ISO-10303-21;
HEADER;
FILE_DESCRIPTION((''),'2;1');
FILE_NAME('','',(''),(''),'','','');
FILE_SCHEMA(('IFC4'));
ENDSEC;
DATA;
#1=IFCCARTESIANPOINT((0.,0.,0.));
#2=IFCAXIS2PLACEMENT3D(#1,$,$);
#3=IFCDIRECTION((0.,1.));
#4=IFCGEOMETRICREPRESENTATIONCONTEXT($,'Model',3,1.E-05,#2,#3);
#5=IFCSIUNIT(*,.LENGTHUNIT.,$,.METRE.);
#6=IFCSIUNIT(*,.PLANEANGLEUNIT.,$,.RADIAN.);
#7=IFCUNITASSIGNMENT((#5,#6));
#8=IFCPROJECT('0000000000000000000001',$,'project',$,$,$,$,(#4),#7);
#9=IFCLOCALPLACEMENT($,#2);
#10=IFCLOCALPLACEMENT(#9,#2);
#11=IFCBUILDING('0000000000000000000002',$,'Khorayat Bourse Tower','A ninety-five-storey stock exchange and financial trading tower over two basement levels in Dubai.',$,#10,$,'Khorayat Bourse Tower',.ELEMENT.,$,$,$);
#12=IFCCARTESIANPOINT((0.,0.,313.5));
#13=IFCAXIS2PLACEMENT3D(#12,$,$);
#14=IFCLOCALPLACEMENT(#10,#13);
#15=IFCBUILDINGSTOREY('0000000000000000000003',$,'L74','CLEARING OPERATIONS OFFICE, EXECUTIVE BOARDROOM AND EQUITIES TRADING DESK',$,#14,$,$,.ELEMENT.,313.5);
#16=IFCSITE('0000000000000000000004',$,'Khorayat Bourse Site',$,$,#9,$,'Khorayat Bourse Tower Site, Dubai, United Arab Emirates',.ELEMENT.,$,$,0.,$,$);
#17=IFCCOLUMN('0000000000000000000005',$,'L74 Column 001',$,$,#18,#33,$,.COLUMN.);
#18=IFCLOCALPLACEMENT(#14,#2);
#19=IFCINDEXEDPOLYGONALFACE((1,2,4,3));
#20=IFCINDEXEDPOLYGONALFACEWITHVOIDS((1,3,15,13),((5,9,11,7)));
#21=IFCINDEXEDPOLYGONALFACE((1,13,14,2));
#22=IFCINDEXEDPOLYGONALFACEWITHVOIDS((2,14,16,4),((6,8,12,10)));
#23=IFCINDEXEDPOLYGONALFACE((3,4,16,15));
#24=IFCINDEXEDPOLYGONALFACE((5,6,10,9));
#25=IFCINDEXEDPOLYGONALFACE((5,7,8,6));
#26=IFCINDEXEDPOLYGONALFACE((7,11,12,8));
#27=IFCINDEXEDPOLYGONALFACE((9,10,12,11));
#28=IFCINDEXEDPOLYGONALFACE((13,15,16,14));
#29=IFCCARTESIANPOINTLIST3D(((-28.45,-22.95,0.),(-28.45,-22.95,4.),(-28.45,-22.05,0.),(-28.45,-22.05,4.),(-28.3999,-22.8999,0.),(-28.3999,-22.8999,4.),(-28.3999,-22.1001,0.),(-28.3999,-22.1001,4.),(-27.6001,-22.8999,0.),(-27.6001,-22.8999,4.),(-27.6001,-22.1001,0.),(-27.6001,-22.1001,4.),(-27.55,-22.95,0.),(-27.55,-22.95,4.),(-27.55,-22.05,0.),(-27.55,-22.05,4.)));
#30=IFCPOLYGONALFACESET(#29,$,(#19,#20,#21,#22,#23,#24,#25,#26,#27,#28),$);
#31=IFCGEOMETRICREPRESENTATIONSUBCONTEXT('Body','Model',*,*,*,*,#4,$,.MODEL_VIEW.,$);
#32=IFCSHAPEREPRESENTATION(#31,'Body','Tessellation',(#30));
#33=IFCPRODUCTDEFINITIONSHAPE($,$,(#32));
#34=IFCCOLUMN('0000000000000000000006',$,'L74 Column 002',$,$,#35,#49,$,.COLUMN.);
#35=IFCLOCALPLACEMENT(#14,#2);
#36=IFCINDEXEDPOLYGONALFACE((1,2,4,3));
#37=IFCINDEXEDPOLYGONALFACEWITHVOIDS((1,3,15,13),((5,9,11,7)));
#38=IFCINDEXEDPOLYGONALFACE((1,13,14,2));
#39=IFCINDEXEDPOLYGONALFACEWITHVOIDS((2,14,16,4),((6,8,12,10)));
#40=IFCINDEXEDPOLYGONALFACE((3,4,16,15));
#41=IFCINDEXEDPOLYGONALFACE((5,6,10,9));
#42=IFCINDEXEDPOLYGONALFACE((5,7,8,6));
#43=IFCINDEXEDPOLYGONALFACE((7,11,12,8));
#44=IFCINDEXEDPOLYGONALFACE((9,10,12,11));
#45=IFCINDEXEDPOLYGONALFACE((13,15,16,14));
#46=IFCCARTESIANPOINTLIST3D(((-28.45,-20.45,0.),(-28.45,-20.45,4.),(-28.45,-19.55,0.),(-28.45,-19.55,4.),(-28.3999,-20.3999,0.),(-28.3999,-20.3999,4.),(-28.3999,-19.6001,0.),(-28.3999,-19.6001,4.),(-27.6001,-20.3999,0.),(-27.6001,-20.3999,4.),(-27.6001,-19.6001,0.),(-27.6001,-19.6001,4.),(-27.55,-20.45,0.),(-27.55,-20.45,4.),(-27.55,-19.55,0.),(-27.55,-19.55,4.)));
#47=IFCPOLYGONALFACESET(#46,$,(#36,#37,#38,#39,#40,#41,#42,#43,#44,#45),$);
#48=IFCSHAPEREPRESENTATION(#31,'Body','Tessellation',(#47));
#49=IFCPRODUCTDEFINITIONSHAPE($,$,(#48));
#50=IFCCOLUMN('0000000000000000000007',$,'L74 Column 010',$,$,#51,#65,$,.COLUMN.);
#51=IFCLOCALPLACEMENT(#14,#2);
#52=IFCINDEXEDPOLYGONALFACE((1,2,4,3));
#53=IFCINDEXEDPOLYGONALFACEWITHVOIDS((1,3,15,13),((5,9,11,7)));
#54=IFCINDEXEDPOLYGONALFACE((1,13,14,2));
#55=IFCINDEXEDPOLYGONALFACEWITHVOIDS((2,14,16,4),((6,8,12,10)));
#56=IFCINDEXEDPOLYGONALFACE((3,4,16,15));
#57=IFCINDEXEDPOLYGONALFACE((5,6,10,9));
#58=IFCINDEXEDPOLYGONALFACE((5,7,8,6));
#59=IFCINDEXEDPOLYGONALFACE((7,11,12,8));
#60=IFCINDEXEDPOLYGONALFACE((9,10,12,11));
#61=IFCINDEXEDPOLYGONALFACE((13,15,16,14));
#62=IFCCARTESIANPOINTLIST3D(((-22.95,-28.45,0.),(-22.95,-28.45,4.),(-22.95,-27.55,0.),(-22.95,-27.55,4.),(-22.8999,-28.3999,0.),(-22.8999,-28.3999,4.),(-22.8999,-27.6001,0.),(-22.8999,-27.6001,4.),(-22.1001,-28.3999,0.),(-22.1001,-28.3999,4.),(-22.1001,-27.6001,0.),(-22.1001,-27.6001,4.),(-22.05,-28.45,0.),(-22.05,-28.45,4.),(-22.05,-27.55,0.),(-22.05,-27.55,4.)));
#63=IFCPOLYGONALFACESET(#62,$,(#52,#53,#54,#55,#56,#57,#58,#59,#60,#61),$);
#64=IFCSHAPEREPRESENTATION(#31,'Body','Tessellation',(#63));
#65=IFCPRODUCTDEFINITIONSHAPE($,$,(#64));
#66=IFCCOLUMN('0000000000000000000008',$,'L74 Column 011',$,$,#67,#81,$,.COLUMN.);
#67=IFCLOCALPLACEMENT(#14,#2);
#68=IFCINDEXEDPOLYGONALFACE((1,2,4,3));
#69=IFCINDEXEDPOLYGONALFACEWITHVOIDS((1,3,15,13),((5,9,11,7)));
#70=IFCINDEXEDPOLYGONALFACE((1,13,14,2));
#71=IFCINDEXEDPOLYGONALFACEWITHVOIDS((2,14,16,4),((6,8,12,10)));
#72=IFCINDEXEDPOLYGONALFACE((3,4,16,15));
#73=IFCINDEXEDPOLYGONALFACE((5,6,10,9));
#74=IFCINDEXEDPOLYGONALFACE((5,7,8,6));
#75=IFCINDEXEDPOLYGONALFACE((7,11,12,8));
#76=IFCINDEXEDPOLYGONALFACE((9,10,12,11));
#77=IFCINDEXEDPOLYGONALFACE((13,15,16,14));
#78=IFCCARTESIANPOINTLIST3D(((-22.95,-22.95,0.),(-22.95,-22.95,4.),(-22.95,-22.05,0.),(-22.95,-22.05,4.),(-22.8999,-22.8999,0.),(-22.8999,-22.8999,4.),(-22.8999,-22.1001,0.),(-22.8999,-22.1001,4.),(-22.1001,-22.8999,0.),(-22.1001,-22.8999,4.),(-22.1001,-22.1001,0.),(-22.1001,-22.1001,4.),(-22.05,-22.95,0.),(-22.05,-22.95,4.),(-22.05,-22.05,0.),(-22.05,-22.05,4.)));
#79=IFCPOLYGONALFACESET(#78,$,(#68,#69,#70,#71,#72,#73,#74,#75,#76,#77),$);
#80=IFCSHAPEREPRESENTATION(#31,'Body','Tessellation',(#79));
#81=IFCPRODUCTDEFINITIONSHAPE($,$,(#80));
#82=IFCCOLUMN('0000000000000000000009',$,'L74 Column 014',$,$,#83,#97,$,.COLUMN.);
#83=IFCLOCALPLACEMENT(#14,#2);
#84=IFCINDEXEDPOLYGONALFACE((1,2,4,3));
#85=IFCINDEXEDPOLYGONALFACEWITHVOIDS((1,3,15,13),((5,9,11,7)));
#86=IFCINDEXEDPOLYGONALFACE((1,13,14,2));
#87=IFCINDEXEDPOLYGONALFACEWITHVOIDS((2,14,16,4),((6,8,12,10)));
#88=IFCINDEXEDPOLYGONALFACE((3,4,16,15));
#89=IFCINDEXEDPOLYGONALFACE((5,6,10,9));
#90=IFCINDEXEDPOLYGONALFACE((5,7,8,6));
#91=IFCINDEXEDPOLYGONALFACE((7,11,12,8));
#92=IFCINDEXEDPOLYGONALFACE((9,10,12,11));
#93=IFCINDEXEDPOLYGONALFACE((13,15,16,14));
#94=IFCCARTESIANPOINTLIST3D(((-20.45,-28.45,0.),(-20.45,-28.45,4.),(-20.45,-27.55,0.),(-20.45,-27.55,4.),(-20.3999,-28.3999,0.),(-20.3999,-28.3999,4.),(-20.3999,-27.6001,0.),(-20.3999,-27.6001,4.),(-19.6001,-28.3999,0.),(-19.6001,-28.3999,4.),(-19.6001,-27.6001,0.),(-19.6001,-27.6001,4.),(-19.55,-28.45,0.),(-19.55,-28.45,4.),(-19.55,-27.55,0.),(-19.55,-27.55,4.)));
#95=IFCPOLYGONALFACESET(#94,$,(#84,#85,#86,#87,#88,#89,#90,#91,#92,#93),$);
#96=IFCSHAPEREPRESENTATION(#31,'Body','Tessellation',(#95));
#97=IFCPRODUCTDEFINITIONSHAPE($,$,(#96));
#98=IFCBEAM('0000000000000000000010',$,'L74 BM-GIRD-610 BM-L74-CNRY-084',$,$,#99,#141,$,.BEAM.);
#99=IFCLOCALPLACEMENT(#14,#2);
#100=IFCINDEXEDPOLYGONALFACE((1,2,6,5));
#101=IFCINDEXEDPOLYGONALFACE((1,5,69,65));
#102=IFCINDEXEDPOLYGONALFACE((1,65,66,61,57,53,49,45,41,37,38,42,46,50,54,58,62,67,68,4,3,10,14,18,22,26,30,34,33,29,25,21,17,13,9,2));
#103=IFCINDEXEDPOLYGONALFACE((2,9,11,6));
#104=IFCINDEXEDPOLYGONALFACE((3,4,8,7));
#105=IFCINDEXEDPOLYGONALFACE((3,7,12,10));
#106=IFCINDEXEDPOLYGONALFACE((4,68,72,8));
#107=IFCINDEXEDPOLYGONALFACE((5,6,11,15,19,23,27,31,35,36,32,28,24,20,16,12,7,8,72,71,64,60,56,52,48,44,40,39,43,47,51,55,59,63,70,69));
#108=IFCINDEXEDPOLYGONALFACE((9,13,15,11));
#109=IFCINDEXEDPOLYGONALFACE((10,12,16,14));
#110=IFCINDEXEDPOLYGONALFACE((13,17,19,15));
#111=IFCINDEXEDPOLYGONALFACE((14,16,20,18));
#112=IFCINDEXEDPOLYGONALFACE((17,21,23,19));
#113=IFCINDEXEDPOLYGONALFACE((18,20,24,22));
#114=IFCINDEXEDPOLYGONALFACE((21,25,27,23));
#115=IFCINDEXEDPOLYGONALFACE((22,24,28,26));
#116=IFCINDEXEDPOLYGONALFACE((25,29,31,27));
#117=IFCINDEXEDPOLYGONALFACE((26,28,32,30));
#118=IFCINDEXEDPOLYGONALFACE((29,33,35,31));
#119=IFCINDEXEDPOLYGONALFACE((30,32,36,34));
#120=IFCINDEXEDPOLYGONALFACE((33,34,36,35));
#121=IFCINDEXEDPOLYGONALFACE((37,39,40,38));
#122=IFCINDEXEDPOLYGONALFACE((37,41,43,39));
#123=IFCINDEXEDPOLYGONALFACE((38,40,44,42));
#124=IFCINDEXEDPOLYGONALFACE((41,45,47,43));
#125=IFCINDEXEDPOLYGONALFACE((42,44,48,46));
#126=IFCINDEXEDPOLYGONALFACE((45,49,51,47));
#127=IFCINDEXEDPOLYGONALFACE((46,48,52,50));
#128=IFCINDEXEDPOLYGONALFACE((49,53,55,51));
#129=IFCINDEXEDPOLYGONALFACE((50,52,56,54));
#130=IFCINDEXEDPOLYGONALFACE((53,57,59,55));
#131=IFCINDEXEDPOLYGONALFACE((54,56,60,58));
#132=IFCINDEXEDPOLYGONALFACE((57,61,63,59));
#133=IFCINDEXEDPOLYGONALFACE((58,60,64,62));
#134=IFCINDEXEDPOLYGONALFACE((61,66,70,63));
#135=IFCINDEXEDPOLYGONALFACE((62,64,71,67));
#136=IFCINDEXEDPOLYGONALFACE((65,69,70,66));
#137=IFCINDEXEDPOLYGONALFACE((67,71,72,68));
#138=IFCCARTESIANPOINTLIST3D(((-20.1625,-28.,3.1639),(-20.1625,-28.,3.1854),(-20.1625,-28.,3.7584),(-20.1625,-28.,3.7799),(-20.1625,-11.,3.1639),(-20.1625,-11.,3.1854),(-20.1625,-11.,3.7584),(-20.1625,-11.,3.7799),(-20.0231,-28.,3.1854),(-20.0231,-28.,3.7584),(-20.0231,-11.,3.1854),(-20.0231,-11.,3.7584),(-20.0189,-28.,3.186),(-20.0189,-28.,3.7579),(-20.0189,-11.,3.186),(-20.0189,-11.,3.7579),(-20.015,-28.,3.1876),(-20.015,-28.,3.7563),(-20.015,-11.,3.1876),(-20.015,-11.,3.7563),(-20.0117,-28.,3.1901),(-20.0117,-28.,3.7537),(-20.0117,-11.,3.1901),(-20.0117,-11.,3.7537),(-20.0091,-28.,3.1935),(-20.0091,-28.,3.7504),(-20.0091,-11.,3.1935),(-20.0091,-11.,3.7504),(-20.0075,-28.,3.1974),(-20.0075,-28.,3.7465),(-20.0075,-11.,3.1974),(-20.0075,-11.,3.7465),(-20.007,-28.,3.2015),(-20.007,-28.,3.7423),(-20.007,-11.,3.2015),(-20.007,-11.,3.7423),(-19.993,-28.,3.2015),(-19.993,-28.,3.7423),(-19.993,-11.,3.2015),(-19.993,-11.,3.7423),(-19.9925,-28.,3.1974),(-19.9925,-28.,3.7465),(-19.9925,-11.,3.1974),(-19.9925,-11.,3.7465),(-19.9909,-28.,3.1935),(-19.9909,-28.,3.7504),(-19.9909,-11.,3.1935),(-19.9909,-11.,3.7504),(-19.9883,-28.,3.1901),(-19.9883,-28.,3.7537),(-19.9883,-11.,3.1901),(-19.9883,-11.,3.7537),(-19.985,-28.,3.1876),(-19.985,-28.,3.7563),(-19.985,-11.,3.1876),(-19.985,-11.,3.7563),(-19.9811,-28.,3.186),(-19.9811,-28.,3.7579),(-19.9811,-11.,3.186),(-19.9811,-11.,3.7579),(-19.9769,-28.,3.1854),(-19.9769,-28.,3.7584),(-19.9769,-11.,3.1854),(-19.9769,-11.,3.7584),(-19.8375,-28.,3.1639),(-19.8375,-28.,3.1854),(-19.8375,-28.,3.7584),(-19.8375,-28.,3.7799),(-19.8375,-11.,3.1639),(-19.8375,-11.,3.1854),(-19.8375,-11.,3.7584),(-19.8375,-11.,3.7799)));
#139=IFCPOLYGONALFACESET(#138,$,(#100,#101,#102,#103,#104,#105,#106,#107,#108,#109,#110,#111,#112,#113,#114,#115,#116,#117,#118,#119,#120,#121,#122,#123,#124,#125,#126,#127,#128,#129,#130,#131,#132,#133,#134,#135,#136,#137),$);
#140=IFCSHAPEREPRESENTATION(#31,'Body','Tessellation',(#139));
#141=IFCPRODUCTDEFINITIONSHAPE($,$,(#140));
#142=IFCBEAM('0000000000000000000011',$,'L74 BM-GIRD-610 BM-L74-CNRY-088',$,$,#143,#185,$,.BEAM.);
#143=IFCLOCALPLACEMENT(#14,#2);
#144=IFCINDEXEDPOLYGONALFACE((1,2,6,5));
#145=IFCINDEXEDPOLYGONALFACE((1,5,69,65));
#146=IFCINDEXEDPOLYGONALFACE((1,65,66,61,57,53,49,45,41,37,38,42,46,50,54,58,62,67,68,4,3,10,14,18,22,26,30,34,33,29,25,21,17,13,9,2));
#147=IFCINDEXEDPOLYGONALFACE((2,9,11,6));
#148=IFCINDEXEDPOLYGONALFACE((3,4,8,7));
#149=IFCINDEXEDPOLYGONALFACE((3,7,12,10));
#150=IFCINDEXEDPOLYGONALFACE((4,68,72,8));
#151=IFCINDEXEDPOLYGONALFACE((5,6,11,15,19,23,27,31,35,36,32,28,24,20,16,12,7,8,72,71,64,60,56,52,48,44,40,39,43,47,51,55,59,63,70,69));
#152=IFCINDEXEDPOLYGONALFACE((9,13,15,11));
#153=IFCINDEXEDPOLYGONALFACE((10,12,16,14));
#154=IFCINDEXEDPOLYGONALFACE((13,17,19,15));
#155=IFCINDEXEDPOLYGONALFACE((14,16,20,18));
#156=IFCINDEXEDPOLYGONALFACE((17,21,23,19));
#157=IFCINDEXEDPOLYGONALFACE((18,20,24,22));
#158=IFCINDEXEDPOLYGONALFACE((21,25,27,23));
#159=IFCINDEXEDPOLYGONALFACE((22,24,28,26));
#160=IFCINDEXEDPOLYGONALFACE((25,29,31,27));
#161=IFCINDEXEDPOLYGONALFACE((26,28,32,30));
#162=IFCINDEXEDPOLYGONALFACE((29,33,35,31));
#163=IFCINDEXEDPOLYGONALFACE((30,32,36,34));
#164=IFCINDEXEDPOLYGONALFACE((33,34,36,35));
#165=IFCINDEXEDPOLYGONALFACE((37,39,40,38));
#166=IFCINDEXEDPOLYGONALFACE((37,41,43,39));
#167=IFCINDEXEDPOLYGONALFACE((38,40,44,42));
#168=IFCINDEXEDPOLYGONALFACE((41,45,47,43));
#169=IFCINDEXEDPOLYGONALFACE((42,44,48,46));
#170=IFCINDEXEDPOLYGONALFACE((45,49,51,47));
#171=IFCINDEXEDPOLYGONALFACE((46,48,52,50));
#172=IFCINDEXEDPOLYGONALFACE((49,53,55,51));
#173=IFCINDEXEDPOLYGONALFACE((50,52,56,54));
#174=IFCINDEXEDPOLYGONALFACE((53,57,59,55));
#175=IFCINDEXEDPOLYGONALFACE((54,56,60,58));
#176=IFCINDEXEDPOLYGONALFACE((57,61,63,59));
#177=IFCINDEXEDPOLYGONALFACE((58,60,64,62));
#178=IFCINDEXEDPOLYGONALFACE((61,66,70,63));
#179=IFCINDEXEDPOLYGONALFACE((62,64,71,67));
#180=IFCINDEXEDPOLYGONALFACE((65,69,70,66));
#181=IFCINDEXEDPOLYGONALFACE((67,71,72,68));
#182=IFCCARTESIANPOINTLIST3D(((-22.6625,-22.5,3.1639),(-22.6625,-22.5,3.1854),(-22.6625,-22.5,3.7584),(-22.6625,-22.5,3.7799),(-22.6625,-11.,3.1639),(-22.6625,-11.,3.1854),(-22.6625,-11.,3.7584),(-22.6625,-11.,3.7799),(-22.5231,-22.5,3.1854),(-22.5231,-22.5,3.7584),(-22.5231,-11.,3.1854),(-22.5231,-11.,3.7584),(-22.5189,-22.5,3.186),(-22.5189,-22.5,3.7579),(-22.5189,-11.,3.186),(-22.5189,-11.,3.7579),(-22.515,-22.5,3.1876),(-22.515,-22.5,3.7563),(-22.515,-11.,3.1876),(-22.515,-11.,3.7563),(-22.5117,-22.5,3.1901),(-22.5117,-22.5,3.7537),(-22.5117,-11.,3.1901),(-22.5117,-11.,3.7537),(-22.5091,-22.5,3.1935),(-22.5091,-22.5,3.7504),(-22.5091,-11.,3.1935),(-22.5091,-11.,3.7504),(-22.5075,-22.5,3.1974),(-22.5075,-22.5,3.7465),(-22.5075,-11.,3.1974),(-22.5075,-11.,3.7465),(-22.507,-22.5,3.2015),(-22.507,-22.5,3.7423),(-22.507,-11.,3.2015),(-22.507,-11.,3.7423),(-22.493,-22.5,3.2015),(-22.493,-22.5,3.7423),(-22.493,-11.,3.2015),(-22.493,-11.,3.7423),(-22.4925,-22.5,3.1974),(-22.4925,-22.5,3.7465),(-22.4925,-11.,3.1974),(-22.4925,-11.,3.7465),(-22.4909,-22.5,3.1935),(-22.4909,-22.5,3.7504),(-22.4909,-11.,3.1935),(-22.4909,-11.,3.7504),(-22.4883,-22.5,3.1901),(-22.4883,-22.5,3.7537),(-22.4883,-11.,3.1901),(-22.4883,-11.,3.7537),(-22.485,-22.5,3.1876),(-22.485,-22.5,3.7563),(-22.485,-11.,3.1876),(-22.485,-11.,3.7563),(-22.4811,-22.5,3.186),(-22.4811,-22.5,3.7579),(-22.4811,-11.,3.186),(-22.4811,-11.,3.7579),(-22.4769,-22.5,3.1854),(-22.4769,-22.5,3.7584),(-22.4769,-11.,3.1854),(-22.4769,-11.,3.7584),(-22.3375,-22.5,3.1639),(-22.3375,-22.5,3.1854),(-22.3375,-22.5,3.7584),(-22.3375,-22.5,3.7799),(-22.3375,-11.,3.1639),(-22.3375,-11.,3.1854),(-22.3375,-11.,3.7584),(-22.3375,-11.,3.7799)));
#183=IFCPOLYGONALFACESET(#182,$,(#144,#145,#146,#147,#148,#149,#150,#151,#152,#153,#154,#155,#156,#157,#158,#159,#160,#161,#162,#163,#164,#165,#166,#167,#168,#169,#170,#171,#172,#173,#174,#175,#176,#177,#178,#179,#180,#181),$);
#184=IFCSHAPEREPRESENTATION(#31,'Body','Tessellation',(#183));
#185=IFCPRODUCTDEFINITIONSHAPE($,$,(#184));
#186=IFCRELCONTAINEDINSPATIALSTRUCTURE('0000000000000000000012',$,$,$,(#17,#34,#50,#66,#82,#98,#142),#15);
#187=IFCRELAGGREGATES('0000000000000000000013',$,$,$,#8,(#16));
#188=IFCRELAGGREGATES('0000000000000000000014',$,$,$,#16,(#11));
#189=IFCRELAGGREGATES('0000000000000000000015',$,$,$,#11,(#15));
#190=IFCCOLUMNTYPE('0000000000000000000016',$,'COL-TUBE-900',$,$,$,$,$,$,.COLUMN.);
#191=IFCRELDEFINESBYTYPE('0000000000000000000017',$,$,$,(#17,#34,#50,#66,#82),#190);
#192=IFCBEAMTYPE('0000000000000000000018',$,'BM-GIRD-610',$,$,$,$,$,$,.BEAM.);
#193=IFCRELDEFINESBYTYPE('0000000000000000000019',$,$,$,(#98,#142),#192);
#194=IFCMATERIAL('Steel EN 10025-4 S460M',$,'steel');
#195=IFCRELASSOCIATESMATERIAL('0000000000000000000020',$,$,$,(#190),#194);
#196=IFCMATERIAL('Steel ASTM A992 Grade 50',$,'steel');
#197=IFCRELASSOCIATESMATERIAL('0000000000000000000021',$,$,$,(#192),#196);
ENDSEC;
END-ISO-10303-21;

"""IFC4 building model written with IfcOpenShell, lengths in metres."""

from ifc_helpers import new_model, si_unit, direction, frame, origin, origin_2d, place, context, subcontext, project, spatial, hollow_rectangle, i_section, extrude, source, transform, mapped, material, material_profile, profile_set, type_object, element, save


model = new_model("IFC4")

# Units and contexts
model_context = context("Model", 3, precision=1e-05, world=origin(), true_north=direction((0.0, 1.0)))
body_context = subcontext(model_context, "Body", "Model", "MODEL_VIEW")
ifc_project = project(units=[si_unit("LENGTHUNIT", "METRE"), si_unit("PLANEANGLEUNIT", "RADIAN")], contexts=[model_context])

# Site, building, storey
site_placement = place(None, origin())
site = spatial("IfcSite", under=ifc_project, at=site_placement, Name="Khorayat Bourse Site", LongName="Khorayat Bourse Tower Site, Dubai, United Arab Emirates", CompositionType="ELEMENT", RefElevation=0.0)
building_placement = place(site_placement, origin())
building = spatial("IfcBuilding", under=site, at=building_placement, Name="Khorayat Bourse Tower", Description="A ninety-five-storey stock exchange and financial trading tower over two basement levels in Dubai.", LongName="Khorayat Bourse Tower", CompositionType="ELEMENT")
storey_placement = place(building_placement, frame((0.0, 0.0, 313.5)))
storey = spatial("IfcBuildingStorey", under=building, at=storey_placement, Name="L74", Description="CLEARING OPERATIONS OFFICE, EXECUTIVE BOARDROOM AND EQUITIES TRADING DESK", CompositionType="ELEMENT", Elevation=313.5)

# Columns
ifc_material_1 = material(Name="Steel EN 10025-4 S460M", Category="steel")
ifc_material_profile_1 = material_profile(ifc_material_1, hollow_rectangle(XDim=0.8999, YDim=0.8999, WallThickness=0.05, at=origin_2d()), Name="BOX 900x900x50")
ifc_profile_set_1 = profile_set([ifc_material_profile_1], Name="Steel EN 10025-4 S460M")
column_type = type_object("IfcColumnType", Name="COL-TUBE-900", PredefinedType="COLUMN", material=ifc_profile_set_1)
shared_shape_1 = source(origin(), body_context, "Body", "SweptSolid", [
    extrude(hollow_rectangle(XDim=0.8999, YDim=0.8999, WallThickness=0.05, at=origin_2d()), origin(), (0.0, 0.0, 1.0), 4.0),
])
for number, where, z_axis, x_axis, name in (
    (1, (-28.0, -22.5, 0.0), (0.0, 0.0, 1.0), (1.0, 0.0, 0.0), "L74 Column 001"),
    (2, (-28.0, -20.0, 0.0), (0.0, 0.0, 1.0), (1.0, 0.0, 0.0), "L74 Column 002"),
    (3, (-22.5, -28.0, 0.0), (0.0, 0.0, 1.0), (1.0, 0.0, 0.0), "L74 Column 010"),
    (4, (-22.5, -22.5, 0.0), (0.0, 0.0, 1.0), (1.0, 0.0, 0.0), "L74 Column 011"),
    (5, (-20.0, -28.0, 0.0), (0.0, 0.0, 1.0), (1.0, 0.0, 0.0), "L74 Column 014"),
):
    element("IfcColumn", number, at=place(storey_placement, frame(where, z_axis=z_axis, x_axis=x_axis)), inside=storey, type_object=column_type, Name=name, PredefinedType="COLUMN", context=body_context, shape_type="MappedRepresentation", body=[
        mapped(shared_shape_1, transform((0.0, 0.0, 0.0), scale=1.0)),
    ])

# Beams
ifc_material_2 = material(Name="Steel ASTM A992 Grade 50", Category="steel")
ifc_material_profile_2 = material_profile(ifc_material_2, i_section(OverallWidth=0.325, OverallDepth=0.616, WebThickness=0.0139, FlangeThickness=0.0215, FilletRadius=0.0161, at=origin_2d()), Name="W610X174")
ifc_profile_set_2 = profile_set([ifc_material_profile_2], Name="Steel ASTM A992 Grade 50")
beam_type_1 = type_object("IfcBeamType", Name="BM-GIRD-610", PredefinedType="BEAM", material=ifc_profile_set_2)
shared_shape_2 = source(origin(), body_context, "Body", "SweptSolid", [
    extrude(i_section(OverallWidth=0.325, OverallDepth=0.616, WebThickness=0.0139, FlangeThickness=0.0215, FilletRadius=0.0161, at=origin_2d()), origin(), (0.0, 0.0, 1.0), 17.0),
])
beam_1_placement = place(storey_placement, frame((-20.0, -28.0, 3.4719), z_axis=(0.0, 1.0, 0.0), x_axis=(-1.0, 0.0, 0.0)))
element("IfcBeam", 6, at=beam_1_placement, inside=storey, type_object=beam_type_1, Name="L74 BM-GIRD-610 BM-L74-CNRY-084", PredefinedType="BEAM", context=body_context, shape_type="MappedRepresentation", body=[
    mapped(shared_shape_2, transform((0.0, 0.0, 0.0), scale=1.0)),
])
shared_shape_3 = source(origin(), body_context, "Body", "SweptSolid", [
    extrude(i_section(OverallWidth=0.325, OverallDepth=0.616, WebThickness=0.0139, FlangeThickness=0.0215, FilletRadius=0.0161, at=origin_2d()), origin(), (0.0, 0.0, 1.0), 11.5),
])
beam_2_placement = place(storey_placement, frame((-22.5, -22.5, 3.4719), z_axis=(0.0, 1.0, 0.0), x_axis=(-1.0, 0.0, 0.0)))
element("IfcBeam", 7, at=beam_2_placement, inside=storey, type_object=beam_type_1, Name="L74 BM-GIRD-610 BM-L74-CNRY-088", PredefinedType="BEAM", context=body_context, shape_type="MappedRepresentation", body=[
    mapped(shared_shape_3, transform((0.0, 0.0, 0.0), scale=1.0)),
])

save(model, "model.ifc")
